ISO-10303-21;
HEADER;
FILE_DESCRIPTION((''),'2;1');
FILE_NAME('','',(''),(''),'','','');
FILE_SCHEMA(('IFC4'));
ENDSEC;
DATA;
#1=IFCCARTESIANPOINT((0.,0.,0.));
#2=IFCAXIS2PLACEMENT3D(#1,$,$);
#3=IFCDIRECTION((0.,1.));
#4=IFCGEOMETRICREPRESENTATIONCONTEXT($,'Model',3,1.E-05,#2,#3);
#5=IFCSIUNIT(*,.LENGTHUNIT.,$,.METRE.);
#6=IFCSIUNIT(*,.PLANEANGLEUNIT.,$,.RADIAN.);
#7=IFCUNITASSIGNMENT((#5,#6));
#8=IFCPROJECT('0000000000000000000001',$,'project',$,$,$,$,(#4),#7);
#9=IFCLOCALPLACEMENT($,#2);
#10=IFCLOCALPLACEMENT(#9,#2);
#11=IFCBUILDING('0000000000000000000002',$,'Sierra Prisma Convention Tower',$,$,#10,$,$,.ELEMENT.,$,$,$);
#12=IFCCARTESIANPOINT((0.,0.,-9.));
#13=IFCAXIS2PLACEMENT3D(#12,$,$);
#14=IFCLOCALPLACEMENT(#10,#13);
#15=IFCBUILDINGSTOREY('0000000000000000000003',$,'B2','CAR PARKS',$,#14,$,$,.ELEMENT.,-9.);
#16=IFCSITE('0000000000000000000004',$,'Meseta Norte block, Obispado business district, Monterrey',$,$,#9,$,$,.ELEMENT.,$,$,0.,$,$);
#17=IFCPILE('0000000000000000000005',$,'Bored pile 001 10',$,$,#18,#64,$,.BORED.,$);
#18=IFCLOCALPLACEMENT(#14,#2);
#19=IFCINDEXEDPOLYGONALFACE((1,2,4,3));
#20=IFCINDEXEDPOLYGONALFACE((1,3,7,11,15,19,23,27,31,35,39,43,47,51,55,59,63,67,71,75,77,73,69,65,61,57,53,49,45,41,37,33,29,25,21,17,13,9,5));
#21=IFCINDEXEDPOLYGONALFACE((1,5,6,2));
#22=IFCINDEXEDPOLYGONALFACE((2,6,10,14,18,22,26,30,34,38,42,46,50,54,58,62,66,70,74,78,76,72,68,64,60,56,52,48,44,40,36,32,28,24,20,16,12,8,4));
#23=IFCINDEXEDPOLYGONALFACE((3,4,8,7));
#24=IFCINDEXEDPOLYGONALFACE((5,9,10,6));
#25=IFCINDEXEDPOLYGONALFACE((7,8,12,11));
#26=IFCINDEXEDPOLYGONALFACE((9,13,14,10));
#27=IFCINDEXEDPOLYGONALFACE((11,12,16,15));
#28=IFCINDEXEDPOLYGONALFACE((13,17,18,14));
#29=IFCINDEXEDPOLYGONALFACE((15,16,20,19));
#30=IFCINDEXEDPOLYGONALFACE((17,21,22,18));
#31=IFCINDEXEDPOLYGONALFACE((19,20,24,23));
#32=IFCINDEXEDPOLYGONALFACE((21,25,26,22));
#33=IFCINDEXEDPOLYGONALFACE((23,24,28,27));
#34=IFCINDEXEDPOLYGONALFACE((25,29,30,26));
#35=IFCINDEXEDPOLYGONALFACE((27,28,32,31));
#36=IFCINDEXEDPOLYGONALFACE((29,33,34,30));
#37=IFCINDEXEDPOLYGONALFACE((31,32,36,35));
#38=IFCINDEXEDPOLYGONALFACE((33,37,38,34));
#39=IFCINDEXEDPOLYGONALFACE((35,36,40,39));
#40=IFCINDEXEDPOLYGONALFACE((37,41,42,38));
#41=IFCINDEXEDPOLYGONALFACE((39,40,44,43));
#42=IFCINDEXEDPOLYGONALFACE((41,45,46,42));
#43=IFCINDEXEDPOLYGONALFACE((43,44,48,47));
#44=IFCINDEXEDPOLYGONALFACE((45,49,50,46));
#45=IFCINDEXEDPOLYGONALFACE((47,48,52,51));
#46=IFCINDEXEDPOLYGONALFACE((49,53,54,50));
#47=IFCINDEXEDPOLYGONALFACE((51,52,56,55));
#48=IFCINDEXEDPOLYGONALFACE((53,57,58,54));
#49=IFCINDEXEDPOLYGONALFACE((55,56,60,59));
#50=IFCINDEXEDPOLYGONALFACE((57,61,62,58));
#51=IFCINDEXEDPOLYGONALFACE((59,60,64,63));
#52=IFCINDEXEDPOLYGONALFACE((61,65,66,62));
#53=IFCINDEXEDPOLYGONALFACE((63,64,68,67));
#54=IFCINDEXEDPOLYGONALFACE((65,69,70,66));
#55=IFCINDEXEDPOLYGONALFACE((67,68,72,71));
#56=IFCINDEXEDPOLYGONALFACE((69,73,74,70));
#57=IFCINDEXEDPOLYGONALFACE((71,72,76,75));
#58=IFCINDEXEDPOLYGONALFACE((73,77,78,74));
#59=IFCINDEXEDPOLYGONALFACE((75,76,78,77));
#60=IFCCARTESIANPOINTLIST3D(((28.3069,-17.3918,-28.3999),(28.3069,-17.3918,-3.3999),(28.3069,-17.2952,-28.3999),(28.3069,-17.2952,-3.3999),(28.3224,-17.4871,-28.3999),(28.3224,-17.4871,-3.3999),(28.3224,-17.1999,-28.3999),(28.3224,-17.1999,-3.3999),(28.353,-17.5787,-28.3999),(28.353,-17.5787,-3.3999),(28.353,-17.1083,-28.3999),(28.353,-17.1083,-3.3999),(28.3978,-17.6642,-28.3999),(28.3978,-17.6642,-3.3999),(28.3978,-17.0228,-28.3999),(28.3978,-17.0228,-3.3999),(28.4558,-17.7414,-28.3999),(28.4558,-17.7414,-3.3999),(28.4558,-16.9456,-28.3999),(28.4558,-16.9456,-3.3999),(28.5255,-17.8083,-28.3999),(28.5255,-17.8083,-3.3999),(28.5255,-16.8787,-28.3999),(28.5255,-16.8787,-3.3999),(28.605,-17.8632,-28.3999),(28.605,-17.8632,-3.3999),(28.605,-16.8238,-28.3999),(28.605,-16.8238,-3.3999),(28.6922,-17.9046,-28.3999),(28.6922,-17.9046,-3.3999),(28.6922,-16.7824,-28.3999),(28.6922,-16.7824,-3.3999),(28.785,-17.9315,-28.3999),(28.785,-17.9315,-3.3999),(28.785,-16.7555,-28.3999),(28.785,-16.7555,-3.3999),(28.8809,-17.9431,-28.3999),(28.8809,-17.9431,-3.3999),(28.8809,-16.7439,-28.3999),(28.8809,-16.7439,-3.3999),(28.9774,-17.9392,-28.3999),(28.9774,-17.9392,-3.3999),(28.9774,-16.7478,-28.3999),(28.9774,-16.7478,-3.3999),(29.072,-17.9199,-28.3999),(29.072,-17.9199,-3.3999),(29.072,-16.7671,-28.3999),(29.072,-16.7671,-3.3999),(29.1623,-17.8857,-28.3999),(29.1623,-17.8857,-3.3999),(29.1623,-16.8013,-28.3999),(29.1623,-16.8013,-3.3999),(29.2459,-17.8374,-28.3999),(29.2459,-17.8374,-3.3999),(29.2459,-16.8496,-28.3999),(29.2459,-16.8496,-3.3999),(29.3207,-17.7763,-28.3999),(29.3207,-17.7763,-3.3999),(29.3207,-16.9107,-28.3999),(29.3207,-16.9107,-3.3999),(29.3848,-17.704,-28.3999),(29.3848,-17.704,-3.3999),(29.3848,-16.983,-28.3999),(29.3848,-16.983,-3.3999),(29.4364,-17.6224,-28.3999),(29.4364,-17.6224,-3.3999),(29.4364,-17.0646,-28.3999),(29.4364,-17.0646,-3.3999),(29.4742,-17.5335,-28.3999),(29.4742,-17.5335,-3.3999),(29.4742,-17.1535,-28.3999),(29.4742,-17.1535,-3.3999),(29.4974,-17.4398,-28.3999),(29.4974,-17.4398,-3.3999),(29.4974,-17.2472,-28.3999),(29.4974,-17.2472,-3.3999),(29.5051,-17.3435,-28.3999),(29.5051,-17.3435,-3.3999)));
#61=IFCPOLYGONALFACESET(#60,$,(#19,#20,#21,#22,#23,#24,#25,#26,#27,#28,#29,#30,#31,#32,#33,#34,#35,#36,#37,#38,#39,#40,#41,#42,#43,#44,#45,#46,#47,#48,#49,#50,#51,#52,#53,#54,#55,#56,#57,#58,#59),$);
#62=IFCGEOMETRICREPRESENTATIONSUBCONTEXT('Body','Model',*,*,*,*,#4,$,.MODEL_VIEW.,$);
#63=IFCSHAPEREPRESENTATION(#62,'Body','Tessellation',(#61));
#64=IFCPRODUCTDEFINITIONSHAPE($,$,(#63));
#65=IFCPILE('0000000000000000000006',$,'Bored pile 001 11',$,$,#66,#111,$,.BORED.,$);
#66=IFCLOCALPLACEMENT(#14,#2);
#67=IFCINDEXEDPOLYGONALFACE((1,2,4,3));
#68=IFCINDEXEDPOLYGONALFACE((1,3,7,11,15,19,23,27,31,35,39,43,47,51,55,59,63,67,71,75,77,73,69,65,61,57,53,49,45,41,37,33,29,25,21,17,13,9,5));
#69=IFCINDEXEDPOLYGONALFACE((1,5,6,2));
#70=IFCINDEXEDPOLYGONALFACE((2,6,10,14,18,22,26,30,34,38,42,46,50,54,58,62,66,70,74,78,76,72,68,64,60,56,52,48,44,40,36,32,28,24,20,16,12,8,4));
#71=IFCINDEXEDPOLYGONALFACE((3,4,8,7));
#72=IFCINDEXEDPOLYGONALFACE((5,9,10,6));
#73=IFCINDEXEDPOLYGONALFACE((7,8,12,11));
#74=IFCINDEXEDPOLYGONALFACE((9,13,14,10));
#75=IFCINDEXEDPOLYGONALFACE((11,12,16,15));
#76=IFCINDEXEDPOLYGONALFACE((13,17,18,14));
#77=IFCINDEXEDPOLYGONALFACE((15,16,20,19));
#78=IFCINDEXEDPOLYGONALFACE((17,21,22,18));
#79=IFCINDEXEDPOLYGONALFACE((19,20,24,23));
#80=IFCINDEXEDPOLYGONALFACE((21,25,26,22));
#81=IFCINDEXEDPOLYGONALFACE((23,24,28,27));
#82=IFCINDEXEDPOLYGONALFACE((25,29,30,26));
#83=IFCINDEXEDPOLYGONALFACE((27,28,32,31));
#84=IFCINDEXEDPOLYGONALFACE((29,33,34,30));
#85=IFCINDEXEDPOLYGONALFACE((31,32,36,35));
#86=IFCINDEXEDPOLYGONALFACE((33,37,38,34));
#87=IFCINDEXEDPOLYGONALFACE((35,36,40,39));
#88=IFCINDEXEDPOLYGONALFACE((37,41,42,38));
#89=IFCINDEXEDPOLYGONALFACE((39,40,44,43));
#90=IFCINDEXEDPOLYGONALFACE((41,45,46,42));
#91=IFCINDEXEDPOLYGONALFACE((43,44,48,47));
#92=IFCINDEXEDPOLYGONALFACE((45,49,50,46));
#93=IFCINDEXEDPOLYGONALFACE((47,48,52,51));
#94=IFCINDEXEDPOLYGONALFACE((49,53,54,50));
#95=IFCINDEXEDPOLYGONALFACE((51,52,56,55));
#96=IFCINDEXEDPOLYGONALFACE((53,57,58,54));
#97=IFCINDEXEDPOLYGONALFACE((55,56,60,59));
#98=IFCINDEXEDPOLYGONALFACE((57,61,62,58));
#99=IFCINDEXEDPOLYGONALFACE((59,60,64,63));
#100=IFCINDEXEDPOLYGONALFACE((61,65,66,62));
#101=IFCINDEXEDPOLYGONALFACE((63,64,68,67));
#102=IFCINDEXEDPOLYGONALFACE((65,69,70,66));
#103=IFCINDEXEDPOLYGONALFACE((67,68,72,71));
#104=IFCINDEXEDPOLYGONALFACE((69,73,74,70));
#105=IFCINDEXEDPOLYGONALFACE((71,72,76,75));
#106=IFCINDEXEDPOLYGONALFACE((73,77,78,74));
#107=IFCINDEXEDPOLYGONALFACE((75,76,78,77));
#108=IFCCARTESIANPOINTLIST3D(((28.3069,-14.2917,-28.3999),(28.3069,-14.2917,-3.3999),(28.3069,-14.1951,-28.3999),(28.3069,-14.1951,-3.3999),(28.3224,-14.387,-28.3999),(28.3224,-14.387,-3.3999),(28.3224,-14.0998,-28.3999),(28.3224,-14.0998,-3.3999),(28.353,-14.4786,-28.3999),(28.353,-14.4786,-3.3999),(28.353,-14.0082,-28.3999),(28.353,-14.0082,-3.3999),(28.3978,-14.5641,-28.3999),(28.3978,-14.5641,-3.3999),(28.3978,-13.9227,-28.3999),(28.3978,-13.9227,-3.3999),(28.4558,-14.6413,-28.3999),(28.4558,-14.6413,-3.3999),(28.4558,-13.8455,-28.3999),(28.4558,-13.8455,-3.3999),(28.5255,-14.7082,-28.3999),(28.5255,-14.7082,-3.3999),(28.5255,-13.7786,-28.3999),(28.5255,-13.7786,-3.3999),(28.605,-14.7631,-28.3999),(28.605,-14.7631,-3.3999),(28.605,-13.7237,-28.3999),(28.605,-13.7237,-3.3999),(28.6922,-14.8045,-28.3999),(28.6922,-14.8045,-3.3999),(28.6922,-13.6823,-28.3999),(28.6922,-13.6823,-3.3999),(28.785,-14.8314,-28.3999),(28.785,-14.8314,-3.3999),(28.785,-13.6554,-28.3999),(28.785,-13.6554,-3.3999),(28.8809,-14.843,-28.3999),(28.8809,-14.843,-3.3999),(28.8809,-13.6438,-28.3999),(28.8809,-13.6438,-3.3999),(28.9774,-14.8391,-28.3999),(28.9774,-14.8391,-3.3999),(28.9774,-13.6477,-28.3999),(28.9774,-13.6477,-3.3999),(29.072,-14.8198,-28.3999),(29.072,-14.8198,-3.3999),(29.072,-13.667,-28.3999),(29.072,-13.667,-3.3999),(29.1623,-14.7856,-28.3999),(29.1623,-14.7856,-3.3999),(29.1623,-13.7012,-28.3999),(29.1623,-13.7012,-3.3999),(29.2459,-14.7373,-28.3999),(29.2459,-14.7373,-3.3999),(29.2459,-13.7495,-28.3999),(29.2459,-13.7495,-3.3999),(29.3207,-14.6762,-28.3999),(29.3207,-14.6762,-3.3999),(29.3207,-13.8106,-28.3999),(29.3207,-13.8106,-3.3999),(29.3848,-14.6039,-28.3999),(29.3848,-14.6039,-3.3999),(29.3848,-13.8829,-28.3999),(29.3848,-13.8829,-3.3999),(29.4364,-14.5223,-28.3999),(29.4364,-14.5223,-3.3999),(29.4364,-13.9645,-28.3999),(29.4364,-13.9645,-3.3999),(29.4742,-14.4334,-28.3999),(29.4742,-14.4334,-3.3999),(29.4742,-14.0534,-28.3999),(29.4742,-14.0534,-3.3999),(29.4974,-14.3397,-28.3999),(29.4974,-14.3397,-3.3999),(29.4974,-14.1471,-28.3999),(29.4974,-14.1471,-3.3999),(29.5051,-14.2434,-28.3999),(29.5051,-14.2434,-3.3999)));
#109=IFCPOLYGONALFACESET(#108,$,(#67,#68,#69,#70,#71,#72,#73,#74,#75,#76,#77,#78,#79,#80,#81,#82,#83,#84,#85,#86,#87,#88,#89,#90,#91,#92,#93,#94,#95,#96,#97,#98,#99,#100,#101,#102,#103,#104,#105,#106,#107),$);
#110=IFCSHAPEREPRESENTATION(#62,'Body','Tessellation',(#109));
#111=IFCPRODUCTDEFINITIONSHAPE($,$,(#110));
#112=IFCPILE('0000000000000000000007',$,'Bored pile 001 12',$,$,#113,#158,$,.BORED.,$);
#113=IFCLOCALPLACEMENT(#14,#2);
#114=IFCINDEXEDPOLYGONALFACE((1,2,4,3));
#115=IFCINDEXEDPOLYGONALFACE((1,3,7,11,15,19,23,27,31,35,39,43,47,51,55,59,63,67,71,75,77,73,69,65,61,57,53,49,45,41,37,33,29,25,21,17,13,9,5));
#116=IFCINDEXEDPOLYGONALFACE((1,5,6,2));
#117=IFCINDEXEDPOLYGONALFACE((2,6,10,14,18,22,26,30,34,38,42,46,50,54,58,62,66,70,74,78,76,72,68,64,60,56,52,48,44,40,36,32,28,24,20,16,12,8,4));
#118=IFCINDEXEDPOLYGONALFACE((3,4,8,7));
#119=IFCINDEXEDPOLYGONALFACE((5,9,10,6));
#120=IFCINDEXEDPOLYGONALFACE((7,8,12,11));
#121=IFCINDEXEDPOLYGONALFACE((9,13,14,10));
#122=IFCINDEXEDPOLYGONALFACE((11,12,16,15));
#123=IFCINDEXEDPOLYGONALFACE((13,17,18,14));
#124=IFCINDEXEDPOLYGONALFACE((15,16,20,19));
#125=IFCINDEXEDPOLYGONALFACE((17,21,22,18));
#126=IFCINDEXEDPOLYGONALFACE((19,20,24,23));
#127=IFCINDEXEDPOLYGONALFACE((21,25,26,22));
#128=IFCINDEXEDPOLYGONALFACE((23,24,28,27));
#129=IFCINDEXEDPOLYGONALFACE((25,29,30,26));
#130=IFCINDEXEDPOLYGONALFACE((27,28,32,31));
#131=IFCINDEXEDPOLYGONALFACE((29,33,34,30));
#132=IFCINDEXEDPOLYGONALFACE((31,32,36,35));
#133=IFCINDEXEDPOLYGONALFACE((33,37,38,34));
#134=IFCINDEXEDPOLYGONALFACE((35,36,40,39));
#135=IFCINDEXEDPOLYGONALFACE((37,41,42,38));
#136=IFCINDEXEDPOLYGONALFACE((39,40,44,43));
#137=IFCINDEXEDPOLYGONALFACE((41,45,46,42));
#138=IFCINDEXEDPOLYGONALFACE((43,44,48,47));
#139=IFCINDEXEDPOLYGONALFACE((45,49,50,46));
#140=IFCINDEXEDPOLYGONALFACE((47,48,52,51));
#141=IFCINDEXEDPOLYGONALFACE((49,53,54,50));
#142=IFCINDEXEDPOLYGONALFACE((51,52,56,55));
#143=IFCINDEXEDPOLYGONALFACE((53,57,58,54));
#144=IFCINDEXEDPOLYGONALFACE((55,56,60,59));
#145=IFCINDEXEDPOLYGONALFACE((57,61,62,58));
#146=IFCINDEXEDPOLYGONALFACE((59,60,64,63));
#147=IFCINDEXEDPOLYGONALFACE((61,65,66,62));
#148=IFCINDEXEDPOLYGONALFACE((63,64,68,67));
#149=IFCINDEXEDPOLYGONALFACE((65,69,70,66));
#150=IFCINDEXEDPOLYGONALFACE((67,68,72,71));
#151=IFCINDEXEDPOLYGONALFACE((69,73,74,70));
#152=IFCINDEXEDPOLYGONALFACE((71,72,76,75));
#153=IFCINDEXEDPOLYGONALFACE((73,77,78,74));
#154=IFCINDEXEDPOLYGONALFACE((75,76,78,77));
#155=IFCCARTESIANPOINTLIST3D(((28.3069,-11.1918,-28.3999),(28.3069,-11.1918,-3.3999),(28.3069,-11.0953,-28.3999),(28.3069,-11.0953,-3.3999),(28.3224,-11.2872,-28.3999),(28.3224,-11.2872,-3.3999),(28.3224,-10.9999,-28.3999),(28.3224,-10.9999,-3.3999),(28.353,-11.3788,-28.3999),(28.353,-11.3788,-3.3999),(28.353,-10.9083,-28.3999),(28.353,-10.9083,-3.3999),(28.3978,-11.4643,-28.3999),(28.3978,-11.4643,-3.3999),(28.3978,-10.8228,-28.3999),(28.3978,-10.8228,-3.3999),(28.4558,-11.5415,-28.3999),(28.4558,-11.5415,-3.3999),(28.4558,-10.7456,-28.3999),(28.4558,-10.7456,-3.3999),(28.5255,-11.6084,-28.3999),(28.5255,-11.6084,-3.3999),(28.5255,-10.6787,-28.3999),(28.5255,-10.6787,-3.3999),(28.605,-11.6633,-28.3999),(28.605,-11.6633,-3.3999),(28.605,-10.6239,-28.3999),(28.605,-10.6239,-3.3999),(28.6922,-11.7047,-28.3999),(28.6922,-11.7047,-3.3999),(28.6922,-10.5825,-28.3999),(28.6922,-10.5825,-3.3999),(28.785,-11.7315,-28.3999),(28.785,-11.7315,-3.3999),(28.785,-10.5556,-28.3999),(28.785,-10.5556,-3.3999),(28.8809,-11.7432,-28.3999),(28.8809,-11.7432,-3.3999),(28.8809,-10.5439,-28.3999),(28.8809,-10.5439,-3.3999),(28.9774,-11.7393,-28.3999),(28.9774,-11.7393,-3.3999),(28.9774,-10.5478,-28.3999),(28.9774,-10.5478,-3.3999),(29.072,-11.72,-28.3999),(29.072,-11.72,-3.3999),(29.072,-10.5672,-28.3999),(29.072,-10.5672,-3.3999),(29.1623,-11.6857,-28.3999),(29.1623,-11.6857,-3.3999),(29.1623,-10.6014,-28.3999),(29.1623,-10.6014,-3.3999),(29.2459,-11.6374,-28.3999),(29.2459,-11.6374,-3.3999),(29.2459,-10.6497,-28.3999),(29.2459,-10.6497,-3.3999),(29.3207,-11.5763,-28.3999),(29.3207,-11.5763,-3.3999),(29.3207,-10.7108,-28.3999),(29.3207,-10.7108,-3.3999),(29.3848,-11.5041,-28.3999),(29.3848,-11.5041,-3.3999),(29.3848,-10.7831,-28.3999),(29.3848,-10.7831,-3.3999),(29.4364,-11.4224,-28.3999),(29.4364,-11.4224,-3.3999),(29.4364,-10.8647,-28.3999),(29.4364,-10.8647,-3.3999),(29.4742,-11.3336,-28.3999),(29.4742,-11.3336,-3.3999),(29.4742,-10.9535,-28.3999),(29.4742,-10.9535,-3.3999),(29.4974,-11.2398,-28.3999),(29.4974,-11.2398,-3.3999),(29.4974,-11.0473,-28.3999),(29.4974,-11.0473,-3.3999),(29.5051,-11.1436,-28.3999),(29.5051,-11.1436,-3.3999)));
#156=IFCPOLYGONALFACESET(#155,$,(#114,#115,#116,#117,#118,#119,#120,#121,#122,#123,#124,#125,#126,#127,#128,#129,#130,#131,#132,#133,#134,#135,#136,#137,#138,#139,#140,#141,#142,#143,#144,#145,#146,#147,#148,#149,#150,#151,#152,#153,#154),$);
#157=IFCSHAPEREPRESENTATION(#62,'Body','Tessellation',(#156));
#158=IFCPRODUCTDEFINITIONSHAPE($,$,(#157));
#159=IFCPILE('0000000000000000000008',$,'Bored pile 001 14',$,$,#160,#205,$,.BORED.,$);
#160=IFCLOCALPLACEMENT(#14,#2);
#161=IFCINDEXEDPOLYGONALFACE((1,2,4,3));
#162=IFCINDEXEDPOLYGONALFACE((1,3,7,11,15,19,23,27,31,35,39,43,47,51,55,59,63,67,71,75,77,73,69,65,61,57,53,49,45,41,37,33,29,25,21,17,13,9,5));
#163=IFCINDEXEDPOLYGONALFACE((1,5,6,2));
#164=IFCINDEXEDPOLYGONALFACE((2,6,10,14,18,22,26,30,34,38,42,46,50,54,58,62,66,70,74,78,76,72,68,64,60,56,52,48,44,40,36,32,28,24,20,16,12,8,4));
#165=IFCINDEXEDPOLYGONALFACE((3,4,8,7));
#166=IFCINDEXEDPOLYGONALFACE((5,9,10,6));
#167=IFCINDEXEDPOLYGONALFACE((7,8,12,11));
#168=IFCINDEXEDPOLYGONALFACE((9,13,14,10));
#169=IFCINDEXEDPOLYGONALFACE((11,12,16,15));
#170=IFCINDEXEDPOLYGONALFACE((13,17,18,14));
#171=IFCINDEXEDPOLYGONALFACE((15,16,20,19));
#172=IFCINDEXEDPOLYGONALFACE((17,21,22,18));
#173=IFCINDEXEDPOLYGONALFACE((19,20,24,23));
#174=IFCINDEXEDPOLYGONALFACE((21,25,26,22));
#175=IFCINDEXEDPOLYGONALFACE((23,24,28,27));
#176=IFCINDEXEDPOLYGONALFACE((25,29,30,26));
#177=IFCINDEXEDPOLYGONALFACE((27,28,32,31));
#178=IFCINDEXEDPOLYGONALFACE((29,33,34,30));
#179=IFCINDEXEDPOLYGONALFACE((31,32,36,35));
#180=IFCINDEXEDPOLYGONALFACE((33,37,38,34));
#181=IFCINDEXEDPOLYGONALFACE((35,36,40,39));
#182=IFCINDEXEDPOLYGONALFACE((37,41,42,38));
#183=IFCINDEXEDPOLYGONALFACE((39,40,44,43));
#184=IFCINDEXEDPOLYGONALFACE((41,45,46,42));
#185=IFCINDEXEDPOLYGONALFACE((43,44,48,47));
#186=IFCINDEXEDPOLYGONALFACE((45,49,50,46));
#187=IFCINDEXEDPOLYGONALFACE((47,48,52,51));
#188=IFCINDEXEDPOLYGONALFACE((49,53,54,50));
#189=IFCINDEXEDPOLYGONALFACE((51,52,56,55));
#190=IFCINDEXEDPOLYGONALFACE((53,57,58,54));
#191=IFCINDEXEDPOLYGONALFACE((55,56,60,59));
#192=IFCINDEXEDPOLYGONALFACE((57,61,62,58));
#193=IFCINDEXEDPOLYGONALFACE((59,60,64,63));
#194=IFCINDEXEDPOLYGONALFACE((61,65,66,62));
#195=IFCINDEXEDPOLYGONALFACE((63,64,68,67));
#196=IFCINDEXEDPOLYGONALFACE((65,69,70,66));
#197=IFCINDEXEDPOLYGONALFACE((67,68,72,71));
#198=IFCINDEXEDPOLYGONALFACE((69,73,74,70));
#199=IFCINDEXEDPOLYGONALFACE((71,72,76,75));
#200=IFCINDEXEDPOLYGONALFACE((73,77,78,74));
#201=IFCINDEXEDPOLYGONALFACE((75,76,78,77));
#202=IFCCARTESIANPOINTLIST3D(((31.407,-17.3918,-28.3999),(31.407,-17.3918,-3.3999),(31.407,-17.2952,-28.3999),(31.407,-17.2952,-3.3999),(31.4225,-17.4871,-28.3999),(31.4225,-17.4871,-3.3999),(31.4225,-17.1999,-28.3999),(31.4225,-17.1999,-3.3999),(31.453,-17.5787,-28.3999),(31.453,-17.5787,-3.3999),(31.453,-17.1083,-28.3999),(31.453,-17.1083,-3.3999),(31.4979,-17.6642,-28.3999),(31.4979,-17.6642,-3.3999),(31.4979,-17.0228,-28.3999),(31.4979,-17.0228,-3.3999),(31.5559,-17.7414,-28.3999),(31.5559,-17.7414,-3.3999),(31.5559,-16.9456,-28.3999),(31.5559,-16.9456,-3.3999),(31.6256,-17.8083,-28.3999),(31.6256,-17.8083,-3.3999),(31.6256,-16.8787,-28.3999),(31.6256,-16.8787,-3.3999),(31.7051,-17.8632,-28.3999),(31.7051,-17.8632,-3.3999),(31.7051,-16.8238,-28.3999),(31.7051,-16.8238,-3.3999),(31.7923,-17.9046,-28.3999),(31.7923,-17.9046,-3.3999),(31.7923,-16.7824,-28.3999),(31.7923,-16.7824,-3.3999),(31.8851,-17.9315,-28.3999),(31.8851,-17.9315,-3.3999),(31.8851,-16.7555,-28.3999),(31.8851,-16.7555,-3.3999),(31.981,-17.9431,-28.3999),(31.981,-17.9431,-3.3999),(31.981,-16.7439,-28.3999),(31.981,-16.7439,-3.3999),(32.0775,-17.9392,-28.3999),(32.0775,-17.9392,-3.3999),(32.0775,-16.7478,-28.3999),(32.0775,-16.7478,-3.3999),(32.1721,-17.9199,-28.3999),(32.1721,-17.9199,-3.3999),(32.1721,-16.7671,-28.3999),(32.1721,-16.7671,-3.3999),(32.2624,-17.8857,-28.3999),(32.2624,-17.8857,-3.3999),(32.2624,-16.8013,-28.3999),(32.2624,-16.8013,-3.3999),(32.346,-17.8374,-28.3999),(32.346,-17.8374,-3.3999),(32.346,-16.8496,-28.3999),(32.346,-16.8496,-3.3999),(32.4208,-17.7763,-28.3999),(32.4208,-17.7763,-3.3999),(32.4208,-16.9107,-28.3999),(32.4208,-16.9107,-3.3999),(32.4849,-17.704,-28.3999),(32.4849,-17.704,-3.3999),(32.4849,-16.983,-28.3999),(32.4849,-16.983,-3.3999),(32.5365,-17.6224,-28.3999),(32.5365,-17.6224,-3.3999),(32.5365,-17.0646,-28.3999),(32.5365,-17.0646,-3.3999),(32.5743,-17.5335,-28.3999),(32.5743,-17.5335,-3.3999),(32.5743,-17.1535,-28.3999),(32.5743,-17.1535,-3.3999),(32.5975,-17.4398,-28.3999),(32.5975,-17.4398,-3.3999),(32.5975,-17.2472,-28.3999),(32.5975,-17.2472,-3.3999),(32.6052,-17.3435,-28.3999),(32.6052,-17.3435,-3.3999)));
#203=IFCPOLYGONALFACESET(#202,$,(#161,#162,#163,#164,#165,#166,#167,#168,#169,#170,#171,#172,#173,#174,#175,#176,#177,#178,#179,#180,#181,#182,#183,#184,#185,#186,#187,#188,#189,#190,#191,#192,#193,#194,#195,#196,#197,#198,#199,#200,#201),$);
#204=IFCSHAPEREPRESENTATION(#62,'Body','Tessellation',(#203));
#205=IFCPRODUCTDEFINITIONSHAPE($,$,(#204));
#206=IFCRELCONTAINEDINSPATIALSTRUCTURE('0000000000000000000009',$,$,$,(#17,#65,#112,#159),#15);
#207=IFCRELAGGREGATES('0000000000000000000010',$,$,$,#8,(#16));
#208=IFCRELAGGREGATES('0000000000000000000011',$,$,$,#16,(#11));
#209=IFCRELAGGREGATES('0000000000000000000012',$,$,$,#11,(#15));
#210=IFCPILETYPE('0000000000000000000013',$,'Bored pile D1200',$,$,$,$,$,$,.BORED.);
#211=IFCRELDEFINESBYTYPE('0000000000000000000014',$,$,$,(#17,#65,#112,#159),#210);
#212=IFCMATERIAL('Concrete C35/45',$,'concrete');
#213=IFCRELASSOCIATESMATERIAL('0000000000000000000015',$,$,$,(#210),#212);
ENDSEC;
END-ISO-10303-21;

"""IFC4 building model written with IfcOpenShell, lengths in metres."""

from ifc_helpers import new_model, si_unit, direction, frame, origin, origin_2d, place, context, subcontext, project, spatial, circle, extrude, material, material_profile, profile_set, type_object, element, save


model = new_model("IFC4")

# Units and contexts
model_context = context("Model", 3, precision=1e-05, world=origin(), true_north=direction((0.0, 1.0)))
body_context = subcontext(model_context, "Body", "Model", "MODEL_VIEW")
ifc_project = project(units=[si_unit("LENGTHUNIT", "METRE"), si_unit("PLANEANGLEUNIT", "RADIAN")], contexts=[model_context])

# Site, building, storey
site_placement = place(None, origin())
site = spatial("IfcSite", under=ifc_project, at=site_placement, Name="Meseta Norte block, Obispado business district, Monterrey", CompositionType="ELEMENT", RefElevation=0.0)
building_placement = place(site_placement, origin())
building = spatial("IfcBuilding", under=site, at=building_placement, Name="Sierra Prisma Convention Tower", CompositionType="ELEMENT")
storey_placement = place(building_placement, frame((0.0, 0.0, -9.0)))
storey = spatial("IfcBuildingStorey", under=building, at=storey_placement, Name="B2", Description="CAR PARKS", CompositionType="ELEMENT", Elevation=-9.0)

# Piles
ifc_material_1 = material(Name="Concrete C35/45", Category="concrete")
ifc_material_profile_1 = material_profile(ifc_material_1, circle(Radius=0.6001, at=origin_2d()), Name="D1200")
ifc_profile_set_1 = profile_set([ifc_material_profile_1], Name="Concrete C35/45")
pile_type_1 = type_object("IfcPileType", Name="Bored pile D1200", PredefinedType="BORED", material=ifc_profile_set_1)
for number, where, z_axis, x_axis, name in (
    (1, (28.905, -17.3435, -3.3999), (0.0, 0.0, -1.0), (1.0, 0.0, 0.0), "Bored pile 001 10"),
    (2, (28.905, -14.2434, -3.3999), (0.0, 0.0, -1.0), (1.0, 0.0, 0.0), "Bored pile 001 11"),
    (3, (28.905, -11.1436, -3.3999), (0.0, 0.0, -1.0), (1.0, 0.0, 0.0), "Bored pile 001 12"),
    (4, (32.0051, -17.3435, -3.3999), (0.0, 0.0, -1.0), (1.0, 0.0, 0.0), "Bored pile 001 14"),
):
    element("IfcPile", number, at=place(storey_placement, frame(where, z_axis=z_axis, x_axis=x_axis)), inside=storey, type_object=pile_type_1, Name=name, PredefinedType="BORED", context=body_context, shape_type="SweptSolid", body=[
        extrude(circle(Radius=0.6001, at=origin_2d()), origin(), (0.0, 0.0, 1.0), 25.0),
    ])

save(model, "model.ifc")
